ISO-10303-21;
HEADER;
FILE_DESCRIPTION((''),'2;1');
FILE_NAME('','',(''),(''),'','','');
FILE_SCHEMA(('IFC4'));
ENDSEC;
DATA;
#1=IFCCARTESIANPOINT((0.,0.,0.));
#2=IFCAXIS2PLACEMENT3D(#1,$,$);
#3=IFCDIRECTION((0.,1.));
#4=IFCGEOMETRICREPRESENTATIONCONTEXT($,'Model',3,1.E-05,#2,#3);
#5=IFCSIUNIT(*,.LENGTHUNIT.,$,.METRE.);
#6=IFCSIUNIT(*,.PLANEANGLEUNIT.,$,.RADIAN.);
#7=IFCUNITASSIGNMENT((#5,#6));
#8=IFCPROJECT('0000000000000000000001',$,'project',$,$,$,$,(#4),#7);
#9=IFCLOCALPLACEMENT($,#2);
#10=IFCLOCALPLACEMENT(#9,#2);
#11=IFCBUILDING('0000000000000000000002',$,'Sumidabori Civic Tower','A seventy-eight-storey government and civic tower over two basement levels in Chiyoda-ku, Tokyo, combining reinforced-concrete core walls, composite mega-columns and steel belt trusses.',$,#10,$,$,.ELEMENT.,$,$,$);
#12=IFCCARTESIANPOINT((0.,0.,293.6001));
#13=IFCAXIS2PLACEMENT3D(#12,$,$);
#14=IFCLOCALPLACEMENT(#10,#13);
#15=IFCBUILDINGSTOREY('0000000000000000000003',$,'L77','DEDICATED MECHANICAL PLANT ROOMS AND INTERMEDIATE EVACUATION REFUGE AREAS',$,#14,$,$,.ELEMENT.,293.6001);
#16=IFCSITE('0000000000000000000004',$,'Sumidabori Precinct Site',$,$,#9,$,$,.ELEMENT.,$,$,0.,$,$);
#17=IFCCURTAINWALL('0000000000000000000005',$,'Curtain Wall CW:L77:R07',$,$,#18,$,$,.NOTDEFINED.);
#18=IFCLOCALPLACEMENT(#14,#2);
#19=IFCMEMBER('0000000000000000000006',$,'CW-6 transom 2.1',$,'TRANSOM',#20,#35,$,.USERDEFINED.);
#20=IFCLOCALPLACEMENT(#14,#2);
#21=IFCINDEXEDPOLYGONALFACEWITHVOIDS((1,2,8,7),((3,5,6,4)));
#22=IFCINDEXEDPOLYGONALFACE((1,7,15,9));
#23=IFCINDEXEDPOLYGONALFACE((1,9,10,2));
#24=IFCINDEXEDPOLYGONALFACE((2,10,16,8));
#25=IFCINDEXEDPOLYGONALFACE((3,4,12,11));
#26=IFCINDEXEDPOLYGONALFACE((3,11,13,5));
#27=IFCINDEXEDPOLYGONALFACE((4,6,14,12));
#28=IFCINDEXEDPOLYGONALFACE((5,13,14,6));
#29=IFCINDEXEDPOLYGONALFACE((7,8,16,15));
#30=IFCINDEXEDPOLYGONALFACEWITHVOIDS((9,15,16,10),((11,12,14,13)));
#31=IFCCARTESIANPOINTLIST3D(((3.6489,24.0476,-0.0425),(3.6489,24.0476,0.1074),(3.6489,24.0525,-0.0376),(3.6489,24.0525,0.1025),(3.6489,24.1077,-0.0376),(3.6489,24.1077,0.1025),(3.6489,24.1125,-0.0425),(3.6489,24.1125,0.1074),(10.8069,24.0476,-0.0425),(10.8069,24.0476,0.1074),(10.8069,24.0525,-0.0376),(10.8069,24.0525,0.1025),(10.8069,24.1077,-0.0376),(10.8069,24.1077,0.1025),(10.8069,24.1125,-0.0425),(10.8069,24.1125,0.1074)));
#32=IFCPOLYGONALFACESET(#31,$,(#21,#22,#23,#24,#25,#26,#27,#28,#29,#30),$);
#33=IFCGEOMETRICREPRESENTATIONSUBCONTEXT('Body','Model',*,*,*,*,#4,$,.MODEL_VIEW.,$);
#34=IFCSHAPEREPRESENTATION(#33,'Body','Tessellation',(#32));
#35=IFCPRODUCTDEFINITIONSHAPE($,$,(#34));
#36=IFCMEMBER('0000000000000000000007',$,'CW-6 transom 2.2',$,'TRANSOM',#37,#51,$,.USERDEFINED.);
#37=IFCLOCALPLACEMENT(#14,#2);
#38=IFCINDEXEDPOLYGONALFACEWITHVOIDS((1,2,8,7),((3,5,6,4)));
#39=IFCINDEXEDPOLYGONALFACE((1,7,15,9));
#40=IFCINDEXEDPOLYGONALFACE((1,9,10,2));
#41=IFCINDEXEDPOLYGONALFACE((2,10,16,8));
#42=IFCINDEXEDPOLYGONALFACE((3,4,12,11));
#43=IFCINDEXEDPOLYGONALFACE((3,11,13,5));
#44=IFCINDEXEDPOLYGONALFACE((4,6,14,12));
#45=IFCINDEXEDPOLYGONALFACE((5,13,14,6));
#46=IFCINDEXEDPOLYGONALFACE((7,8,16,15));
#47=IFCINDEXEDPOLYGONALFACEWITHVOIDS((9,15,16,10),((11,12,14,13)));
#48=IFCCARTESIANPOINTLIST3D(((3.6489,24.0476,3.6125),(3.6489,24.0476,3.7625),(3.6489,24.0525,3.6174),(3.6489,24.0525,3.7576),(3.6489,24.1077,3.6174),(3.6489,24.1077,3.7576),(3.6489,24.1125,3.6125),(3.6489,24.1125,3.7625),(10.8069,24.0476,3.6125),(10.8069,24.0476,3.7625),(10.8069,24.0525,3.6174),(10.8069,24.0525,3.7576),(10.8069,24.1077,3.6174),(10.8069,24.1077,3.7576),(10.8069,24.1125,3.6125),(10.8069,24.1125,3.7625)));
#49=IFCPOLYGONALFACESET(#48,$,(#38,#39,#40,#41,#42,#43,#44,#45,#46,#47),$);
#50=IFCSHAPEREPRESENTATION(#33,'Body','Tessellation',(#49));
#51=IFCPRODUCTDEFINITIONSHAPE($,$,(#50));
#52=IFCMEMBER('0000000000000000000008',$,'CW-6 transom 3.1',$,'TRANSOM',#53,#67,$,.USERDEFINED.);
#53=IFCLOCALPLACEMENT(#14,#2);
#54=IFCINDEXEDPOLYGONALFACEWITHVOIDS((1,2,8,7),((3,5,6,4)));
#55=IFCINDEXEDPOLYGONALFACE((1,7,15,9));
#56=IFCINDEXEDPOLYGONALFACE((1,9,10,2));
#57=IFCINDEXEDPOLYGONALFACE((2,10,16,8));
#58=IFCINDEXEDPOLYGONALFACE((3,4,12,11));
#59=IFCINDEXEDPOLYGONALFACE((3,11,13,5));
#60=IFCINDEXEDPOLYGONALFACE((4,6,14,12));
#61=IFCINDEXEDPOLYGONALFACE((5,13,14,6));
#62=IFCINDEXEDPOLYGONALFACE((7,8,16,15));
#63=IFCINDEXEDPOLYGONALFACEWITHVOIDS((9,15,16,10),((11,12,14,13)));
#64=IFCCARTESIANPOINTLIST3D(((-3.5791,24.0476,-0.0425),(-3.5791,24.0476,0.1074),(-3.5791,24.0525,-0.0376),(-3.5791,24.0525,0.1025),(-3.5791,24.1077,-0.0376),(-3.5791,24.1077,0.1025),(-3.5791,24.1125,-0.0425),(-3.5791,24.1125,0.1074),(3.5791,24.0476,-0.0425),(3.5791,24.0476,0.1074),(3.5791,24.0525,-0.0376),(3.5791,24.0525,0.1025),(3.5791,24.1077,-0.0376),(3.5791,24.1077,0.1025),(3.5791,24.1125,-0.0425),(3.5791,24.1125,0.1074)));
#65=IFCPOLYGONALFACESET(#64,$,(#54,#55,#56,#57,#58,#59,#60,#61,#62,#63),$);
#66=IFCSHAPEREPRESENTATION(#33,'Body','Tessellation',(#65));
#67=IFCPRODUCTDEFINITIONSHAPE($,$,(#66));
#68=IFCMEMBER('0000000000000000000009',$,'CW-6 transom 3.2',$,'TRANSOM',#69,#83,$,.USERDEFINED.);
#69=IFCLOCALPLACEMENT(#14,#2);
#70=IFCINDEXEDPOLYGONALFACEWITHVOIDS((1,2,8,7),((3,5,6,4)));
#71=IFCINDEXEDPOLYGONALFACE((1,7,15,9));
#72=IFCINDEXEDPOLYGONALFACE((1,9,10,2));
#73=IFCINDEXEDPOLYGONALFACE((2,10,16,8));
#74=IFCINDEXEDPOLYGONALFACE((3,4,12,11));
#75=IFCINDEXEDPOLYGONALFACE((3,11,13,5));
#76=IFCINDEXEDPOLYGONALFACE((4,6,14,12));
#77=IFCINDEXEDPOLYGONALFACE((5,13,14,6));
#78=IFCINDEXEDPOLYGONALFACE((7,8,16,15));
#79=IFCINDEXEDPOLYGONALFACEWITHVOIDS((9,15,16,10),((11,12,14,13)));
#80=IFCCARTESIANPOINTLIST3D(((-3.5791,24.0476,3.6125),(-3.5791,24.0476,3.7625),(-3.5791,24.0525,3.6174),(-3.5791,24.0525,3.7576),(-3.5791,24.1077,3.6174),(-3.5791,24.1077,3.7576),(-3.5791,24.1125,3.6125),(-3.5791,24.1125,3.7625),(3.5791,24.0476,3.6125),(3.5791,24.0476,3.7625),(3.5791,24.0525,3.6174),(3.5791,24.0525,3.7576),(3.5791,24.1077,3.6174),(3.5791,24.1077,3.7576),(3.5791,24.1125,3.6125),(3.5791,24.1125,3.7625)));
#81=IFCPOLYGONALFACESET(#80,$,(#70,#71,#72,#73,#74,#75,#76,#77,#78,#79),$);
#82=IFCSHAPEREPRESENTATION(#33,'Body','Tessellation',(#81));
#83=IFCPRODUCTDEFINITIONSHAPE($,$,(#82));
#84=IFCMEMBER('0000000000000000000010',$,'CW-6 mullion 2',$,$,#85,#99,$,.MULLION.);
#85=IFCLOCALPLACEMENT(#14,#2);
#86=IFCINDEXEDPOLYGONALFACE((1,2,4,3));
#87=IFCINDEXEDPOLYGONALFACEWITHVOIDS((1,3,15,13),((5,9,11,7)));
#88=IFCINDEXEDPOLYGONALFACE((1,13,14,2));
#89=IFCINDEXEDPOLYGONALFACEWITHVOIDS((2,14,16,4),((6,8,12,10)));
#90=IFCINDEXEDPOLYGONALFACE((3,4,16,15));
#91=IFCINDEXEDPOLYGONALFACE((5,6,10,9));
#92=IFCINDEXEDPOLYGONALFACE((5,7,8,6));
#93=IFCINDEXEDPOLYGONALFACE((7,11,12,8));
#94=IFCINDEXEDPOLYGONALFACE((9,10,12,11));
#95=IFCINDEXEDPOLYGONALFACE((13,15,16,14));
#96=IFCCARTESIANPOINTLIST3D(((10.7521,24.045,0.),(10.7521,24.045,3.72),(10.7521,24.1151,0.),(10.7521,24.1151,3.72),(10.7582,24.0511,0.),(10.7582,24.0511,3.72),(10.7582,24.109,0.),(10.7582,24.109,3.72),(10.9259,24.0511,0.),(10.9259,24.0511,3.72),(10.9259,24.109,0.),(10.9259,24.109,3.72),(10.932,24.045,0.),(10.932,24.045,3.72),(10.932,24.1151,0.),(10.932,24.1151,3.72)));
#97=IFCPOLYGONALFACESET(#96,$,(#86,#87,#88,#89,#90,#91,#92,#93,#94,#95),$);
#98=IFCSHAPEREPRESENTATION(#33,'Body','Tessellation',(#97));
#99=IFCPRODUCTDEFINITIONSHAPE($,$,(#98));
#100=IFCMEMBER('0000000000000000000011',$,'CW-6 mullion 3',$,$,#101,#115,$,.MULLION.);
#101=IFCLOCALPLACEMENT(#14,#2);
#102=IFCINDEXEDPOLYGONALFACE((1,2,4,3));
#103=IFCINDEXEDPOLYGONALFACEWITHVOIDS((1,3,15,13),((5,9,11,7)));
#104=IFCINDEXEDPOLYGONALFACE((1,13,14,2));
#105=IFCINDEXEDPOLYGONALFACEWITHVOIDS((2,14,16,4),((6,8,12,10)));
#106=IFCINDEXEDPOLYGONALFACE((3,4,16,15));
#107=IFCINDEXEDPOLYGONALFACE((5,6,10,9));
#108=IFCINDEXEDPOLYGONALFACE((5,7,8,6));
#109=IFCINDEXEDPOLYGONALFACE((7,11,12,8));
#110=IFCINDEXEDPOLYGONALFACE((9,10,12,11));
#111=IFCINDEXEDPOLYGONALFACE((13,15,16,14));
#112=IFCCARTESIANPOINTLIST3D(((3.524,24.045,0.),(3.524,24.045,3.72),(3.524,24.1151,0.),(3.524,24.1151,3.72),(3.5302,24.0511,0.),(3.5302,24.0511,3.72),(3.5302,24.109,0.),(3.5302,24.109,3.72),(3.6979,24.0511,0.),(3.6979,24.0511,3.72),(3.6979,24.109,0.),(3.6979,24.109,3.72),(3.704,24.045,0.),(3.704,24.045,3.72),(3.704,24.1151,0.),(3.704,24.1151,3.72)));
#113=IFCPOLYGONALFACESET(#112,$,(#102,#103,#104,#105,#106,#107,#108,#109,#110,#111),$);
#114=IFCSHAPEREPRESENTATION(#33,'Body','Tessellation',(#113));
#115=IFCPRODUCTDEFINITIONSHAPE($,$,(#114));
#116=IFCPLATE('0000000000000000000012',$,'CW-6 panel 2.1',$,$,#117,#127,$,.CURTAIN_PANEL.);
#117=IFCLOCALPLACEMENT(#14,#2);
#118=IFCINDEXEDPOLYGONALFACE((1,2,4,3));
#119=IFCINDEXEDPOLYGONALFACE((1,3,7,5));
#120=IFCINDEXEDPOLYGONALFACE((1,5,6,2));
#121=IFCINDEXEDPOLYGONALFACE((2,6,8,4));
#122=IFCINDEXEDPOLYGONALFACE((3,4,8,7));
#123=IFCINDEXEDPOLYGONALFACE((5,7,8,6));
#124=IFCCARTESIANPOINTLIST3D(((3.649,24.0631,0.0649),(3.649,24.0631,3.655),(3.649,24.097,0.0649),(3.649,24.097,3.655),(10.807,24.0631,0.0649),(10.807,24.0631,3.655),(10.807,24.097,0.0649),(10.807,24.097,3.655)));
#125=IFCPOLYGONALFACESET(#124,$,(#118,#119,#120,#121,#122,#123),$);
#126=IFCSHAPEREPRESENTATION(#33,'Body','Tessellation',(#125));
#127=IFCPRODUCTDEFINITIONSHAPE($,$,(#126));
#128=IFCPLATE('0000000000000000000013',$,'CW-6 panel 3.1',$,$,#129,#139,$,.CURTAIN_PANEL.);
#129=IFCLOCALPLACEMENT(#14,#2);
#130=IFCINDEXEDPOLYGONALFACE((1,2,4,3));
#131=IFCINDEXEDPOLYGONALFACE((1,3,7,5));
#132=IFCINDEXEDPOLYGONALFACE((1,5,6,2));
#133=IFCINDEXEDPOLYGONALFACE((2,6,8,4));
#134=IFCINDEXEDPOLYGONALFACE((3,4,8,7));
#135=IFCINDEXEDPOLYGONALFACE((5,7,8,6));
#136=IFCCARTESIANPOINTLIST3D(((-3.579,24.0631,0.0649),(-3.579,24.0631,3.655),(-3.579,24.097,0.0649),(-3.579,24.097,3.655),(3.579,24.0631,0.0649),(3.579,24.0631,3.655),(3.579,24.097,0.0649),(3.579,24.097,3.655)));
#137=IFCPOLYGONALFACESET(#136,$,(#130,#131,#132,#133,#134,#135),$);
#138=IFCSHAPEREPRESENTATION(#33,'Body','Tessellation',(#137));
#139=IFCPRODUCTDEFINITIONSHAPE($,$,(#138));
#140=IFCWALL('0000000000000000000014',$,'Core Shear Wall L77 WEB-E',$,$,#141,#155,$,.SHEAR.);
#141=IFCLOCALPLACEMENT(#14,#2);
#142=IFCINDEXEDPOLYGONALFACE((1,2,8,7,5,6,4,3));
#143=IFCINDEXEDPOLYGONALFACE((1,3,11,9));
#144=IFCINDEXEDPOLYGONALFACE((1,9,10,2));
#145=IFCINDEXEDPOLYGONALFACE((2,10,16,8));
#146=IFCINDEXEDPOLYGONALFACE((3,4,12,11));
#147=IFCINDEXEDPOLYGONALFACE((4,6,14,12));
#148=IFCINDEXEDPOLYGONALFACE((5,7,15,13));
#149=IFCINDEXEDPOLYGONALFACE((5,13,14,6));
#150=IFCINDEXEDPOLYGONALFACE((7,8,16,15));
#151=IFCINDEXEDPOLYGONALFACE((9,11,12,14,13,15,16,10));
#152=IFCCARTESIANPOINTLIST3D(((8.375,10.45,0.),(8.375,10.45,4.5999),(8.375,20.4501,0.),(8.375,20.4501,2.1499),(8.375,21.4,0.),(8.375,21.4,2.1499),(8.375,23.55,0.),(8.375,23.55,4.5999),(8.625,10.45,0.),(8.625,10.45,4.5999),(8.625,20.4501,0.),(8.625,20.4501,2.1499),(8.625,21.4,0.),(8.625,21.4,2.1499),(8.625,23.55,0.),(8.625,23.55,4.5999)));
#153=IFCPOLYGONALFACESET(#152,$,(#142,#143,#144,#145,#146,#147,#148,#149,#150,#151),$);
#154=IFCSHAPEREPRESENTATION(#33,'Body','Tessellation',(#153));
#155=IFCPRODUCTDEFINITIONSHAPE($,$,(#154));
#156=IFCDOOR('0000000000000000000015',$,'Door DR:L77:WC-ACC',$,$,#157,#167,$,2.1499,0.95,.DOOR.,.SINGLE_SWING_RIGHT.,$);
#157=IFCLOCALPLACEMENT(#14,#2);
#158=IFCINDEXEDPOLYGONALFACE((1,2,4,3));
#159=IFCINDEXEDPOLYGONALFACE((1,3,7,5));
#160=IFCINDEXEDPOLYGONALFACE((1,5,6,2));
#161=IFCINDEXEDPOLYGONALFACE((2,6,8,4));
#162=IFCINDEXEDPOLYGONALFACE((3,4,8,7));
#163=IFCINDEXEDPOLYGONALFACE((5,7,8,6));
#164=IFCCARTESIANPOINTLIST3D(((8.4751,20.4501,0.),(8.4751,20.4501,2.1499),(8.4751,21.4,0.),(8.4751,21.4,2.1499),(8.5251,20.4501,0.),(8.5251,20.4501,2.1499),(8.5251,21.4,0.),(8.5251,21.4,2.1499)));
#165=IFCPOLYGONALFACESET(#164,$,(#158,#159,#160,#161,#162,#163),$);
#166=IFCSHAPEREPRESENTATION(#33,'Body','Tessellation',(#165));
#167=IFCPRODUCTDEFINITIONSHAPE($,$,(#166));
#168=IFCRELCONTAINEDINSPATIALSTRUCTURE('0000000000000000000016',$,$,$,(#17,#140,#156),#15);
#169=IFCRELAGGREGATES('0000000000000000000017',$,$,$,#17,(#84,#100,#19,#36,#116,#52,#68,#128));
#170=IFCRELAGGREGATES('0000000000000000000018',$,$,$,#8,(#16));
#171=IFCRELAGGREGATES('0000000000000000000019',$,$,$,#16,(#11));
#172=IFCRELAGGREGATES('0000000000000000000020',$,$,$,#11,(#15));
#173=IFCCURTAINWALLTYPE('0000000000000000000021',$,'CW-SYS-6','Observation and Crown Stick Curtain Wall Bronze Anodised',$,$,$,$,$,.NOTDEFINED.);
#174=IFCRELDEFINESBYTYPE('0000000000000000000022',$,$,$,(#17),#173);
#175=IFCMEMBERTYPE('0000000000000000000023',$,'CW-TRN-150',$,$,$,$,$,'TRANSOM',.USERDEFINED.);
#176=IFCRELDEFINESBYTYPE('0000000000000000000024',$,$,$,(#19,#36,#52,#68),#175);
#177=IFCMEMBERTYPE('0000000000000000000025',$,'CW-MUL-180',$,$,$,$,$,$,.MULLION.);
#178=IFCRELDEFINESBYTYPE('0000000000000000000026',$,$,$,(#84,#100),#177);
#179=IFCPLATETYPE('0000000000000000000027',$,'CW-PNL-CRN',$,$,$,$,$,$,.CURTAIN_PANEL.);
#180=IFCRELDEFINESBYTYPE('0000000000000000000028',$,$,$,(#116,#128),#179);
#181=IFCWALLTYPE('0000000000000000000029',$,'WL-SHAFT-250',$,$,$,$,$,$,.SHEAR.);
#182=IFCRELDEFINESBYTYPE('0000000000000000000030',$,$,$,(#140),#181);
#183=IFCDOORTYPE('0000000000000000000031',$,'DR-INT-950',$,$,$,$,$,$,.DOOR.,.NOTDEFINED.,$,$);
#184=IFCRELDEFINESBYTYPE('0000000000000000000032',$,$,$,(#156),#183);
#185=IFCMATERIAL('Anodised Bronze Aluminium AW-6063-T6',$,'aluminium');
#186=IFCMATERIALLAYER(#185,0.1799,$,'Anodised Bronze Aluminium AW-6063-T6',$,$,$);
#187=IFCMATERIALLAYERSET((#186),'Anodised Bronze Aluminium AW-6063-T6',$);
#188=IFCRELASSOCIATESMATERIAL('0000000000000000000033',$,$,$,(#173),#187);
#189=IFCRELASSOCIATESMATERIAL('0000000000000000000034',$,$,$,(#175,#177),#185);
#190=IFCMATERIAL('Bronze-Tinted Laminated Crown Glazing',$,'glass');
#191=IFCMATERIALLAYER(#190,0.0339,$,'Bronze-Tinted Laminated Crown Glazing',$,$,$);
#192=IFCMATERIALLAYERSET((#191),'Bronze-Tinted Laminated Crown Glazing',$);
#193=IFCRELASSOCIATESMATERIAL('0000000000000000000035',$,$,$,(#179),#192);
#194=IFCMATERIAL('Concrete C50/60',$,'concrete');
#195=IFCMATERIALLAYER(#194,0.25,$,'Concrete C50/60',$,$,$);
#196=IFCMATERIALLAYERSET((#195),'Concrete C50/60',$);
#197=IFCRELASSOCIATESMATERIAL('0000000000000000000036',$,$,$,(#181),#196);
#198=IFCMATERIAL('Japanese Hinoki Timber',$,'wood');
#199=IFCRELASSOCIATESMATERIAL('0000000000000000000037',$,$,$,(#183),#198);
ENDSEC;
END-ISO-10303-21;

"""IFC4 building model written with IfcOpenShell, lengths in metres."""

from ifc_helpers import new_model, si_unit, direction, frame, frame_2d, origin, origin_2d, place, context, subcontext, project, spatial, rectangle, hollow_rectangle, extrude, source, transform, mapped, material, layer, layer_set, material_profile, profile_set, type_object, element, fill, aggregate, save


model = new_model("IFC4")

# Units and contexts
model_context = context("Model", 3, precision=1e-05, world=origin(), true_north=direction((0.0, 1.0)))
body_context = subcontext(model_context, "Body", "Model", "MODEL_VIEW")
ifc_project = project(units=[si_unit("LENGTHUNIT", "METRE"), si_unit("PLANEANGLEUNIT", "RADIAN")], contexts=[model_context])

# Site, building, storey
site_placement = place(None, origin())
site = spatial("IfcSite", under=ifc_project, at=site_placement, Name="Sumidabori Precinct Site", CompositionType="ELEMENT", RefElevation=0.0)
building_placement = place(site_placement, origin())
building = spatial("IfcBuilding", under=site, at=building_placement, Name="Sumidabori Civic Tower", Description="A seventy-eight-storey government and civic tower over two basement levels in Chiyoda-ku, Tokyo, combining reinforced-concrete core walls, composite mega-columns and steel belt trusses.", CompositionType="ELEMENT")
storey_placement = place(building_placement, frame((0.0, 0.0, 293.6001)))
storey = spatial("IfcBuildingStorey", under=building, at=storey_placement, Name="L77", Description="DEDICATED MECHANICAL PLANT ROOMS AND INTERMEDIATE EVACUATION REFUGE AREAS", CompositionType="ELEMENT", Elevation=293.6001)

# Curtain wall, members, plates
ifc_material_1 = material(Name="Anodised Bronze Aluminium AW-6063-T6", Category="aluminium")
ifc_layer_1 = layer(ifc_material_1, 0.1799, Name="Anodised Bronze Aluminium AW-6063-T6")
ifc_layer_set_1 = layer_set([ifc_layer_1], Name="Anodised Bronze Aluminium AW-6063-T6")
curtain_wall_type = type_object("IfcCurtainWallType", Name="CW-SYS-6", Description="Observation and Crown Stick Curtain Wall Bronze Anodised", PredefinedType="NOTDEFINED", material=ifc_layer_set_1)
curtain_wall_placement = place(storey_placement, origin())
curtain_wall = element("IfcCurtainWall", 1, at=curtain_wall_placement, inside=storey, type_object=curtain_wall_type, Name="Curtain Wall CW:L77:R07", PredefinedType="NOTDEFINED")
ifc_material_profile_1 = material_profile(ifc_material_1, hollow_rectangle(XDim=0.0649, YDim=0.1499, WallThickness=0.0049, at=origin_2d()), Name="ALU TRANSOM 150x65")
ifc_profile_set_1 = profile_set([ifc_material_profile_1], Name="Anodised Bronze Aluminium AW-6063-T6")
member_type_1 = type_object("IfcMemberType", Name="CW-TRN-150", ElementType="TRANSOM", PredefinedType="USERDEFINED", material=ifc_profile_set_1)
shared_shape_1 = source(origin(), body_context, "Body", "SweptSolid", [
    extrude(hollow_rectangle(XDim=0.0649, YDim=0.1499, WallThickness=0.0049, at=origin_2d()), origin(), (0.0, 0.0, 1.0), 7.158),
])
member_1_placement = place(storey_placement, frame((10.8069, 24.0801, 0.0325), z_axis=(-1.0, 0.0, 0.0), x_axis=(0.0, -1.0, 0.0)))
member_1 = element("IfcMember", 2, at=member_1_placement, type_object=member_type_1, Name="CW-6 transom 2.1", ObjectType="TRANSOM", PredefinedType="USERDEFINED", context=body_context, shape_type="MappedRepresentation", body=[
    mapped(shared_shape_1, transform((0.0, 0.0, 0.0), x_axis=(1.0, 0.0, 0.0), y_axis=(0.0, 1.0, 0.0), z_axis=(0.0, 0.0, 1.0), scale=1.0)),
])
member_2_placement = place(storey_placement, frame((10.8069, 24.0801, 3.6875), z_axis=(-1.0, 0.0, 0.0), x_axis=(0.0, -1.0, 0.0)))
member_2 = element("IfcMember", 3, at=member_2_placement, type_object=member_type_1, Name="CW-6 transom 2.2", ObjectType="TRANSOM", PredefinedType="USERDEFINED", context=body_context, shape_type="MappedRepresentation", body=[
    mapped(shared_shape_1, transform((0.0, 0.0, 0.0), x_axis=(1.0, 0.0, 0.0), y_axis=(0.0, 1.0, 0.0), z_axis=(0.0, 0.0, 1.0), scale=1.0)),
])
shared_shape_2 = source(origin(), body_context, "Body", "SweptSolid", [
    extrude(hollow_rectangle(XDim=0.0649, YDim=0.1499, WallThickness=0.0049, at=origin_2d()), origin(), (0.0, 0.0, 1.0), 7.1582),
])
member_3_placement = place(storey_placement, frame((3.5791, 24.0801, 0.0325), z_axis=(-1.0, 0.0, 0.0), x_axis=(0.0, -1.0, 0.0)))
member_3 = element("IfcMember", 4, at=member_3_placement, type_object=member_type_1, Name="CW-6 transom 3.1", ObjectType="TRANSOM", PredefinedType="USERDEFINED", context=body_context, shape_type="MappedRepresentation", body=[
    mapped(shared_shape_2, transform((0.0, 0.0, 0.0), x_axis=(1.0, 0.0, 0.0), y_axis=(0.0, 1.0, 0.0), z_axis=(0.0, 0.0, 1.0), scale=1.0)),
])
member_4_placement = place(storey_placement, frame((3.5791, 24.0801, 3.6875), z_axis=(-1.0, 0.0, 0.0), x_axis=(0.0, -1.0, 0.0)))
member_4 = element("IfcMember", 5, at=member_4_placement, type_object=member_type_1, Name="CW-6 transom 3.2", ObjectType="TRANSOM", PredefinedType="USERDEFINED", context=body_context, shape_type="MappedRepresentation", body=[
    mapped(shared_shape_2, transform((0.0, 0.0, 0.0), x_axis=(1.0, 0.0, 0.0), y_axis=(0.0, 1.0, 0.0), z_axis=(0.0, 0.0, 1.0), scale=1.0)),
])
ifc_material_profile_2 = material_profile(ifc_material_1, hollow_rectangle(XDim=0.0701, YDim=0.1799, WallThickness=0.0061, at=origin_2d()), Name="ALU MULLION 180x70")
ifc_profile_set_2 = profile_set([ifc_material_profile_2], Name="Anodised Bronze Aluminium AW-6063-T6")
member_type_2 = type_object("IfcMemberType", Name="CW-MUL-180", PredefinedType="MULLION", material=ifc_profile_set_2)
shared_shape_3 = source(origin(), body_context, "Body", "SweptSolid", [
    extrude(hollow_rectangle(XDim=0.0701, YDim=0.1799, WallThickness=0.0061, at=origin_2d()), origin(), (0.0, 0.0, 1.0), 3.72),
])
member_5_placement = place(storey_placement, frame((10.842, 24.0801, 0.0), z_axis=(0.0, 0.0, 1.0), x_axis=(0.0, -1.0, 0.0)))
member_5 = element("IfcMember", 6, at=member_5_placement, type_object=member_type_2, Name="CW-6 mullion 2", PredefinedType="MULLION", context=body_context, shape_type="MappedRepresentation", body=[
    mapped(shared_shape_3, transform((0.0, 0.0, 0.0), x_axis=(1.0, 0.0, 0.0), y_axis=(0.0, 1.0, 0.0), z_axis=(0.0, 0.0, 1.0), scale=1.0)),
])
member_6_placement = place(storey_placement, frame((3.614, 24.0801, 0.0), z_axis=(0.0, 0.0, 1.0), x_axis=(0.0, -1.0, 0.0)))
member_6 = element("IfcMember", 7, at=member_6_placement, type_object=member_type_2, Name="CW-6 mullion 3", PredefinedType="MULLION", context=body_context, shape_type="MappedRepresentation", body=[
    mapped(shared_shape_3, transform((0.0, 0.0, 0.0), x_axis=(1.0, 0.0, 0.0), y_axis=(0.0, 1.0, 0.0), z_axis=(0.0, 0.0, 1.0), scale=1.0)),
])
ifc_material_2 = material(Name="Bronze-Tinted Laminated Crown Glazing", Category="glass")
ifc_layer_2 = layer(ifc_material_2, 0.0339, Name="Bronze-Tinted Laminated Crown Glazing")
ifc_layer_set_2 = layer_set([ifc_layer_2], Name="Bronze-Tinted Laminated Crown Glazing")
plate_type = type_object("IfcPlateType", Name="CW-PNL-CRN", PredefinedType="CURTAIN_PANEL", material=ifc_layer_set_2)
shared_shape_4 = source(origin(), body_context, "Body", "SweptSolid", [
    extrude(rectangle(XDim=7.158, YDim=0.0339, at=origin_2d()), origin(), (0.0, 0.0, 1.0), 3.5901),
])
plate_1_placement = place(storey_placement, frame((7.228, 24.0801, 0.0649), z_axis=(0.0, 0.0, 1.0), x_axis=(-1.0, 0.0, 0.0)))
plate_1 = element("IfcPlate", 8, at=plate_1_placement, type_object=plate_type, Name="CW-6 panel 2.1", PredefinedType="CURTAIN_PANEL", context=body_context, shape_type="MappedRepresentation", body=[
    mapped(shared_shape_4, transform((0.0, 0.0, 0.0), x_axis=(1.0, 0.0, 0.0), y_axis=(0.0, 1.0, 0.0), z_axis=(0.0, 0.0, 1.0), scale=1.0)),
])
plate_2_placement = place(storey_placement, frame((0.0, 24.0801, 0.0649), z_axis=(0.0, 0.0, 1.0), x_axis=(-1.0, 0.0, 0.0)))
plate_2 = element("IfcPlate", 9, at=plate_2_placement, type_object=plate_type, Name="CW-6 panel 3.1", PredefinedType="CURTAIN_PANEL", context=body_context, shape_type="MappedRepresentation", body=[
    mapped(shared_shape_4, transform((0.0, 0.0, 0.0), x_axis=(1.0, 0.0, 0.0), y_axis=(0.0, 1.0, 0.0), z_axis=(0.0, 0.0, 1.0), scale=1.0)),
])
aggregate(curtain_wall, [member_5, member_6, member_1, member_2, plate_1, member_3, member_4, plate_2])

# Wall, opening, door
ifc_material_3 = material(Name="Concrete C50/60", Category="concrete")
ifc_layer_3 = layer(ifc_material_3, 0.25, Name="Concrete C50/60")
ifc_layer_set_3 = layer_set([ifc_layer_3], Name="Concrete C50/60")
wall_type_1 = type_object("IfcWallType", Name="WL-SHAFT-250", PredefinedType="SHEAR", material=ifc_layer_set_3)
shared_shape_5 = source(origin(), body_context, "Body", "SweptSolid", [
    extrude(rectangle(XDim=13.1001, YDim=0.25, at=frame_2d((6.55, 0.0))), origin(), (0.0, 0.0, 1.0), 4.5999),
])
wall_1_placement = place(storey_placement, frame((8.5, 10.45, 0.0), z_axis=(0.0, 0.0, 1.0), x_axis=(0.0, 1.0, 0.0)))
wall_1 = element("IfcWall", 10, at=wall_1_placement, inside=storey, type_object=wall_type_1, Name="Core Shear Wall L77 WEB-E", PredefinedType="SHEAR", context=body_context, shape_type="MappedRepresentation", body=[
    mapped(shared_shape_5, transform((0.0, 0.0, 0.0), x_axis=(1.0, 0.0, 0.0), y_axis=(0.0, 1.0, 0.0), z_axis=(0.0, 0.0, 1.0), scale=1.0)),
])
opening_1_placement = place(wall_1_placement, frame((10.0, 0.0, 0.0)))
opening_1 = element("IfcOpeningElement", 11, at=opening_1_placement, cuts=wall_1, PredefinedType="OPENING", context=body_context, shape_type="SweptSolid", body=[
    extrude(rectangle(XDim=0.95, YDim=2.1499, at=frame_2d((0.4751, 1.075))), frame((0.0, 0.137, 0.0), z_axis=(0.0, -1.0, 0.0), x_axis=(1.0, 0.0, 0.0)), (0.0, 0.0, 1.0), 0.2739),
])
ifc_material_4 = material(Name="Japanese Hinoki Timber", Category="wood")
door_type_1 = type_object("IfcDoorType", Name="DR-INT-950", OperationType="NOTDEFINED", PredefinedType="DOOR", material=ifc_material_4)
shared_shape_6 = source(origin(), body_context, "Body", "SweptSolid", [
    extrude(rectangle(XDim=0.95, YDim=2.1499, at=frame_2d((0.4751, 1.075))), frame((0.0, 0.0249, 0.0), z_axis=(0.0, -1.0, 0.0), x_axis=(1.0, 0.0, 0.0)), (0.0, 0.0, 1.0), 0.05),
])
door_1_placement = place(opening_1_placement, origin())
door_1 = element("IfcDoor", 12, at=door_1_placement, inside=storey, type_object=door_type_1, Name="Door DR:L77:WC-ACC", OperationType="SINGLE_SWING_RIGHT", OverallHeight=2.1499, OverallWidth=0.95, PredefinedType="DOOR", context=body_context, shape_type="MappedRepresentation", body=[
    mapped(shared_shape_6, transform((0.0, 0.0, 0.0), x_axis=(1.0, 0.0, 0.0), y_axis=(0.0, 1.0, 0.0), z_axis=(0.0, 0.0, 1.0), scale=1.0)),
])
fill(opening_1, door_1)

save(model, "model.ifc")
